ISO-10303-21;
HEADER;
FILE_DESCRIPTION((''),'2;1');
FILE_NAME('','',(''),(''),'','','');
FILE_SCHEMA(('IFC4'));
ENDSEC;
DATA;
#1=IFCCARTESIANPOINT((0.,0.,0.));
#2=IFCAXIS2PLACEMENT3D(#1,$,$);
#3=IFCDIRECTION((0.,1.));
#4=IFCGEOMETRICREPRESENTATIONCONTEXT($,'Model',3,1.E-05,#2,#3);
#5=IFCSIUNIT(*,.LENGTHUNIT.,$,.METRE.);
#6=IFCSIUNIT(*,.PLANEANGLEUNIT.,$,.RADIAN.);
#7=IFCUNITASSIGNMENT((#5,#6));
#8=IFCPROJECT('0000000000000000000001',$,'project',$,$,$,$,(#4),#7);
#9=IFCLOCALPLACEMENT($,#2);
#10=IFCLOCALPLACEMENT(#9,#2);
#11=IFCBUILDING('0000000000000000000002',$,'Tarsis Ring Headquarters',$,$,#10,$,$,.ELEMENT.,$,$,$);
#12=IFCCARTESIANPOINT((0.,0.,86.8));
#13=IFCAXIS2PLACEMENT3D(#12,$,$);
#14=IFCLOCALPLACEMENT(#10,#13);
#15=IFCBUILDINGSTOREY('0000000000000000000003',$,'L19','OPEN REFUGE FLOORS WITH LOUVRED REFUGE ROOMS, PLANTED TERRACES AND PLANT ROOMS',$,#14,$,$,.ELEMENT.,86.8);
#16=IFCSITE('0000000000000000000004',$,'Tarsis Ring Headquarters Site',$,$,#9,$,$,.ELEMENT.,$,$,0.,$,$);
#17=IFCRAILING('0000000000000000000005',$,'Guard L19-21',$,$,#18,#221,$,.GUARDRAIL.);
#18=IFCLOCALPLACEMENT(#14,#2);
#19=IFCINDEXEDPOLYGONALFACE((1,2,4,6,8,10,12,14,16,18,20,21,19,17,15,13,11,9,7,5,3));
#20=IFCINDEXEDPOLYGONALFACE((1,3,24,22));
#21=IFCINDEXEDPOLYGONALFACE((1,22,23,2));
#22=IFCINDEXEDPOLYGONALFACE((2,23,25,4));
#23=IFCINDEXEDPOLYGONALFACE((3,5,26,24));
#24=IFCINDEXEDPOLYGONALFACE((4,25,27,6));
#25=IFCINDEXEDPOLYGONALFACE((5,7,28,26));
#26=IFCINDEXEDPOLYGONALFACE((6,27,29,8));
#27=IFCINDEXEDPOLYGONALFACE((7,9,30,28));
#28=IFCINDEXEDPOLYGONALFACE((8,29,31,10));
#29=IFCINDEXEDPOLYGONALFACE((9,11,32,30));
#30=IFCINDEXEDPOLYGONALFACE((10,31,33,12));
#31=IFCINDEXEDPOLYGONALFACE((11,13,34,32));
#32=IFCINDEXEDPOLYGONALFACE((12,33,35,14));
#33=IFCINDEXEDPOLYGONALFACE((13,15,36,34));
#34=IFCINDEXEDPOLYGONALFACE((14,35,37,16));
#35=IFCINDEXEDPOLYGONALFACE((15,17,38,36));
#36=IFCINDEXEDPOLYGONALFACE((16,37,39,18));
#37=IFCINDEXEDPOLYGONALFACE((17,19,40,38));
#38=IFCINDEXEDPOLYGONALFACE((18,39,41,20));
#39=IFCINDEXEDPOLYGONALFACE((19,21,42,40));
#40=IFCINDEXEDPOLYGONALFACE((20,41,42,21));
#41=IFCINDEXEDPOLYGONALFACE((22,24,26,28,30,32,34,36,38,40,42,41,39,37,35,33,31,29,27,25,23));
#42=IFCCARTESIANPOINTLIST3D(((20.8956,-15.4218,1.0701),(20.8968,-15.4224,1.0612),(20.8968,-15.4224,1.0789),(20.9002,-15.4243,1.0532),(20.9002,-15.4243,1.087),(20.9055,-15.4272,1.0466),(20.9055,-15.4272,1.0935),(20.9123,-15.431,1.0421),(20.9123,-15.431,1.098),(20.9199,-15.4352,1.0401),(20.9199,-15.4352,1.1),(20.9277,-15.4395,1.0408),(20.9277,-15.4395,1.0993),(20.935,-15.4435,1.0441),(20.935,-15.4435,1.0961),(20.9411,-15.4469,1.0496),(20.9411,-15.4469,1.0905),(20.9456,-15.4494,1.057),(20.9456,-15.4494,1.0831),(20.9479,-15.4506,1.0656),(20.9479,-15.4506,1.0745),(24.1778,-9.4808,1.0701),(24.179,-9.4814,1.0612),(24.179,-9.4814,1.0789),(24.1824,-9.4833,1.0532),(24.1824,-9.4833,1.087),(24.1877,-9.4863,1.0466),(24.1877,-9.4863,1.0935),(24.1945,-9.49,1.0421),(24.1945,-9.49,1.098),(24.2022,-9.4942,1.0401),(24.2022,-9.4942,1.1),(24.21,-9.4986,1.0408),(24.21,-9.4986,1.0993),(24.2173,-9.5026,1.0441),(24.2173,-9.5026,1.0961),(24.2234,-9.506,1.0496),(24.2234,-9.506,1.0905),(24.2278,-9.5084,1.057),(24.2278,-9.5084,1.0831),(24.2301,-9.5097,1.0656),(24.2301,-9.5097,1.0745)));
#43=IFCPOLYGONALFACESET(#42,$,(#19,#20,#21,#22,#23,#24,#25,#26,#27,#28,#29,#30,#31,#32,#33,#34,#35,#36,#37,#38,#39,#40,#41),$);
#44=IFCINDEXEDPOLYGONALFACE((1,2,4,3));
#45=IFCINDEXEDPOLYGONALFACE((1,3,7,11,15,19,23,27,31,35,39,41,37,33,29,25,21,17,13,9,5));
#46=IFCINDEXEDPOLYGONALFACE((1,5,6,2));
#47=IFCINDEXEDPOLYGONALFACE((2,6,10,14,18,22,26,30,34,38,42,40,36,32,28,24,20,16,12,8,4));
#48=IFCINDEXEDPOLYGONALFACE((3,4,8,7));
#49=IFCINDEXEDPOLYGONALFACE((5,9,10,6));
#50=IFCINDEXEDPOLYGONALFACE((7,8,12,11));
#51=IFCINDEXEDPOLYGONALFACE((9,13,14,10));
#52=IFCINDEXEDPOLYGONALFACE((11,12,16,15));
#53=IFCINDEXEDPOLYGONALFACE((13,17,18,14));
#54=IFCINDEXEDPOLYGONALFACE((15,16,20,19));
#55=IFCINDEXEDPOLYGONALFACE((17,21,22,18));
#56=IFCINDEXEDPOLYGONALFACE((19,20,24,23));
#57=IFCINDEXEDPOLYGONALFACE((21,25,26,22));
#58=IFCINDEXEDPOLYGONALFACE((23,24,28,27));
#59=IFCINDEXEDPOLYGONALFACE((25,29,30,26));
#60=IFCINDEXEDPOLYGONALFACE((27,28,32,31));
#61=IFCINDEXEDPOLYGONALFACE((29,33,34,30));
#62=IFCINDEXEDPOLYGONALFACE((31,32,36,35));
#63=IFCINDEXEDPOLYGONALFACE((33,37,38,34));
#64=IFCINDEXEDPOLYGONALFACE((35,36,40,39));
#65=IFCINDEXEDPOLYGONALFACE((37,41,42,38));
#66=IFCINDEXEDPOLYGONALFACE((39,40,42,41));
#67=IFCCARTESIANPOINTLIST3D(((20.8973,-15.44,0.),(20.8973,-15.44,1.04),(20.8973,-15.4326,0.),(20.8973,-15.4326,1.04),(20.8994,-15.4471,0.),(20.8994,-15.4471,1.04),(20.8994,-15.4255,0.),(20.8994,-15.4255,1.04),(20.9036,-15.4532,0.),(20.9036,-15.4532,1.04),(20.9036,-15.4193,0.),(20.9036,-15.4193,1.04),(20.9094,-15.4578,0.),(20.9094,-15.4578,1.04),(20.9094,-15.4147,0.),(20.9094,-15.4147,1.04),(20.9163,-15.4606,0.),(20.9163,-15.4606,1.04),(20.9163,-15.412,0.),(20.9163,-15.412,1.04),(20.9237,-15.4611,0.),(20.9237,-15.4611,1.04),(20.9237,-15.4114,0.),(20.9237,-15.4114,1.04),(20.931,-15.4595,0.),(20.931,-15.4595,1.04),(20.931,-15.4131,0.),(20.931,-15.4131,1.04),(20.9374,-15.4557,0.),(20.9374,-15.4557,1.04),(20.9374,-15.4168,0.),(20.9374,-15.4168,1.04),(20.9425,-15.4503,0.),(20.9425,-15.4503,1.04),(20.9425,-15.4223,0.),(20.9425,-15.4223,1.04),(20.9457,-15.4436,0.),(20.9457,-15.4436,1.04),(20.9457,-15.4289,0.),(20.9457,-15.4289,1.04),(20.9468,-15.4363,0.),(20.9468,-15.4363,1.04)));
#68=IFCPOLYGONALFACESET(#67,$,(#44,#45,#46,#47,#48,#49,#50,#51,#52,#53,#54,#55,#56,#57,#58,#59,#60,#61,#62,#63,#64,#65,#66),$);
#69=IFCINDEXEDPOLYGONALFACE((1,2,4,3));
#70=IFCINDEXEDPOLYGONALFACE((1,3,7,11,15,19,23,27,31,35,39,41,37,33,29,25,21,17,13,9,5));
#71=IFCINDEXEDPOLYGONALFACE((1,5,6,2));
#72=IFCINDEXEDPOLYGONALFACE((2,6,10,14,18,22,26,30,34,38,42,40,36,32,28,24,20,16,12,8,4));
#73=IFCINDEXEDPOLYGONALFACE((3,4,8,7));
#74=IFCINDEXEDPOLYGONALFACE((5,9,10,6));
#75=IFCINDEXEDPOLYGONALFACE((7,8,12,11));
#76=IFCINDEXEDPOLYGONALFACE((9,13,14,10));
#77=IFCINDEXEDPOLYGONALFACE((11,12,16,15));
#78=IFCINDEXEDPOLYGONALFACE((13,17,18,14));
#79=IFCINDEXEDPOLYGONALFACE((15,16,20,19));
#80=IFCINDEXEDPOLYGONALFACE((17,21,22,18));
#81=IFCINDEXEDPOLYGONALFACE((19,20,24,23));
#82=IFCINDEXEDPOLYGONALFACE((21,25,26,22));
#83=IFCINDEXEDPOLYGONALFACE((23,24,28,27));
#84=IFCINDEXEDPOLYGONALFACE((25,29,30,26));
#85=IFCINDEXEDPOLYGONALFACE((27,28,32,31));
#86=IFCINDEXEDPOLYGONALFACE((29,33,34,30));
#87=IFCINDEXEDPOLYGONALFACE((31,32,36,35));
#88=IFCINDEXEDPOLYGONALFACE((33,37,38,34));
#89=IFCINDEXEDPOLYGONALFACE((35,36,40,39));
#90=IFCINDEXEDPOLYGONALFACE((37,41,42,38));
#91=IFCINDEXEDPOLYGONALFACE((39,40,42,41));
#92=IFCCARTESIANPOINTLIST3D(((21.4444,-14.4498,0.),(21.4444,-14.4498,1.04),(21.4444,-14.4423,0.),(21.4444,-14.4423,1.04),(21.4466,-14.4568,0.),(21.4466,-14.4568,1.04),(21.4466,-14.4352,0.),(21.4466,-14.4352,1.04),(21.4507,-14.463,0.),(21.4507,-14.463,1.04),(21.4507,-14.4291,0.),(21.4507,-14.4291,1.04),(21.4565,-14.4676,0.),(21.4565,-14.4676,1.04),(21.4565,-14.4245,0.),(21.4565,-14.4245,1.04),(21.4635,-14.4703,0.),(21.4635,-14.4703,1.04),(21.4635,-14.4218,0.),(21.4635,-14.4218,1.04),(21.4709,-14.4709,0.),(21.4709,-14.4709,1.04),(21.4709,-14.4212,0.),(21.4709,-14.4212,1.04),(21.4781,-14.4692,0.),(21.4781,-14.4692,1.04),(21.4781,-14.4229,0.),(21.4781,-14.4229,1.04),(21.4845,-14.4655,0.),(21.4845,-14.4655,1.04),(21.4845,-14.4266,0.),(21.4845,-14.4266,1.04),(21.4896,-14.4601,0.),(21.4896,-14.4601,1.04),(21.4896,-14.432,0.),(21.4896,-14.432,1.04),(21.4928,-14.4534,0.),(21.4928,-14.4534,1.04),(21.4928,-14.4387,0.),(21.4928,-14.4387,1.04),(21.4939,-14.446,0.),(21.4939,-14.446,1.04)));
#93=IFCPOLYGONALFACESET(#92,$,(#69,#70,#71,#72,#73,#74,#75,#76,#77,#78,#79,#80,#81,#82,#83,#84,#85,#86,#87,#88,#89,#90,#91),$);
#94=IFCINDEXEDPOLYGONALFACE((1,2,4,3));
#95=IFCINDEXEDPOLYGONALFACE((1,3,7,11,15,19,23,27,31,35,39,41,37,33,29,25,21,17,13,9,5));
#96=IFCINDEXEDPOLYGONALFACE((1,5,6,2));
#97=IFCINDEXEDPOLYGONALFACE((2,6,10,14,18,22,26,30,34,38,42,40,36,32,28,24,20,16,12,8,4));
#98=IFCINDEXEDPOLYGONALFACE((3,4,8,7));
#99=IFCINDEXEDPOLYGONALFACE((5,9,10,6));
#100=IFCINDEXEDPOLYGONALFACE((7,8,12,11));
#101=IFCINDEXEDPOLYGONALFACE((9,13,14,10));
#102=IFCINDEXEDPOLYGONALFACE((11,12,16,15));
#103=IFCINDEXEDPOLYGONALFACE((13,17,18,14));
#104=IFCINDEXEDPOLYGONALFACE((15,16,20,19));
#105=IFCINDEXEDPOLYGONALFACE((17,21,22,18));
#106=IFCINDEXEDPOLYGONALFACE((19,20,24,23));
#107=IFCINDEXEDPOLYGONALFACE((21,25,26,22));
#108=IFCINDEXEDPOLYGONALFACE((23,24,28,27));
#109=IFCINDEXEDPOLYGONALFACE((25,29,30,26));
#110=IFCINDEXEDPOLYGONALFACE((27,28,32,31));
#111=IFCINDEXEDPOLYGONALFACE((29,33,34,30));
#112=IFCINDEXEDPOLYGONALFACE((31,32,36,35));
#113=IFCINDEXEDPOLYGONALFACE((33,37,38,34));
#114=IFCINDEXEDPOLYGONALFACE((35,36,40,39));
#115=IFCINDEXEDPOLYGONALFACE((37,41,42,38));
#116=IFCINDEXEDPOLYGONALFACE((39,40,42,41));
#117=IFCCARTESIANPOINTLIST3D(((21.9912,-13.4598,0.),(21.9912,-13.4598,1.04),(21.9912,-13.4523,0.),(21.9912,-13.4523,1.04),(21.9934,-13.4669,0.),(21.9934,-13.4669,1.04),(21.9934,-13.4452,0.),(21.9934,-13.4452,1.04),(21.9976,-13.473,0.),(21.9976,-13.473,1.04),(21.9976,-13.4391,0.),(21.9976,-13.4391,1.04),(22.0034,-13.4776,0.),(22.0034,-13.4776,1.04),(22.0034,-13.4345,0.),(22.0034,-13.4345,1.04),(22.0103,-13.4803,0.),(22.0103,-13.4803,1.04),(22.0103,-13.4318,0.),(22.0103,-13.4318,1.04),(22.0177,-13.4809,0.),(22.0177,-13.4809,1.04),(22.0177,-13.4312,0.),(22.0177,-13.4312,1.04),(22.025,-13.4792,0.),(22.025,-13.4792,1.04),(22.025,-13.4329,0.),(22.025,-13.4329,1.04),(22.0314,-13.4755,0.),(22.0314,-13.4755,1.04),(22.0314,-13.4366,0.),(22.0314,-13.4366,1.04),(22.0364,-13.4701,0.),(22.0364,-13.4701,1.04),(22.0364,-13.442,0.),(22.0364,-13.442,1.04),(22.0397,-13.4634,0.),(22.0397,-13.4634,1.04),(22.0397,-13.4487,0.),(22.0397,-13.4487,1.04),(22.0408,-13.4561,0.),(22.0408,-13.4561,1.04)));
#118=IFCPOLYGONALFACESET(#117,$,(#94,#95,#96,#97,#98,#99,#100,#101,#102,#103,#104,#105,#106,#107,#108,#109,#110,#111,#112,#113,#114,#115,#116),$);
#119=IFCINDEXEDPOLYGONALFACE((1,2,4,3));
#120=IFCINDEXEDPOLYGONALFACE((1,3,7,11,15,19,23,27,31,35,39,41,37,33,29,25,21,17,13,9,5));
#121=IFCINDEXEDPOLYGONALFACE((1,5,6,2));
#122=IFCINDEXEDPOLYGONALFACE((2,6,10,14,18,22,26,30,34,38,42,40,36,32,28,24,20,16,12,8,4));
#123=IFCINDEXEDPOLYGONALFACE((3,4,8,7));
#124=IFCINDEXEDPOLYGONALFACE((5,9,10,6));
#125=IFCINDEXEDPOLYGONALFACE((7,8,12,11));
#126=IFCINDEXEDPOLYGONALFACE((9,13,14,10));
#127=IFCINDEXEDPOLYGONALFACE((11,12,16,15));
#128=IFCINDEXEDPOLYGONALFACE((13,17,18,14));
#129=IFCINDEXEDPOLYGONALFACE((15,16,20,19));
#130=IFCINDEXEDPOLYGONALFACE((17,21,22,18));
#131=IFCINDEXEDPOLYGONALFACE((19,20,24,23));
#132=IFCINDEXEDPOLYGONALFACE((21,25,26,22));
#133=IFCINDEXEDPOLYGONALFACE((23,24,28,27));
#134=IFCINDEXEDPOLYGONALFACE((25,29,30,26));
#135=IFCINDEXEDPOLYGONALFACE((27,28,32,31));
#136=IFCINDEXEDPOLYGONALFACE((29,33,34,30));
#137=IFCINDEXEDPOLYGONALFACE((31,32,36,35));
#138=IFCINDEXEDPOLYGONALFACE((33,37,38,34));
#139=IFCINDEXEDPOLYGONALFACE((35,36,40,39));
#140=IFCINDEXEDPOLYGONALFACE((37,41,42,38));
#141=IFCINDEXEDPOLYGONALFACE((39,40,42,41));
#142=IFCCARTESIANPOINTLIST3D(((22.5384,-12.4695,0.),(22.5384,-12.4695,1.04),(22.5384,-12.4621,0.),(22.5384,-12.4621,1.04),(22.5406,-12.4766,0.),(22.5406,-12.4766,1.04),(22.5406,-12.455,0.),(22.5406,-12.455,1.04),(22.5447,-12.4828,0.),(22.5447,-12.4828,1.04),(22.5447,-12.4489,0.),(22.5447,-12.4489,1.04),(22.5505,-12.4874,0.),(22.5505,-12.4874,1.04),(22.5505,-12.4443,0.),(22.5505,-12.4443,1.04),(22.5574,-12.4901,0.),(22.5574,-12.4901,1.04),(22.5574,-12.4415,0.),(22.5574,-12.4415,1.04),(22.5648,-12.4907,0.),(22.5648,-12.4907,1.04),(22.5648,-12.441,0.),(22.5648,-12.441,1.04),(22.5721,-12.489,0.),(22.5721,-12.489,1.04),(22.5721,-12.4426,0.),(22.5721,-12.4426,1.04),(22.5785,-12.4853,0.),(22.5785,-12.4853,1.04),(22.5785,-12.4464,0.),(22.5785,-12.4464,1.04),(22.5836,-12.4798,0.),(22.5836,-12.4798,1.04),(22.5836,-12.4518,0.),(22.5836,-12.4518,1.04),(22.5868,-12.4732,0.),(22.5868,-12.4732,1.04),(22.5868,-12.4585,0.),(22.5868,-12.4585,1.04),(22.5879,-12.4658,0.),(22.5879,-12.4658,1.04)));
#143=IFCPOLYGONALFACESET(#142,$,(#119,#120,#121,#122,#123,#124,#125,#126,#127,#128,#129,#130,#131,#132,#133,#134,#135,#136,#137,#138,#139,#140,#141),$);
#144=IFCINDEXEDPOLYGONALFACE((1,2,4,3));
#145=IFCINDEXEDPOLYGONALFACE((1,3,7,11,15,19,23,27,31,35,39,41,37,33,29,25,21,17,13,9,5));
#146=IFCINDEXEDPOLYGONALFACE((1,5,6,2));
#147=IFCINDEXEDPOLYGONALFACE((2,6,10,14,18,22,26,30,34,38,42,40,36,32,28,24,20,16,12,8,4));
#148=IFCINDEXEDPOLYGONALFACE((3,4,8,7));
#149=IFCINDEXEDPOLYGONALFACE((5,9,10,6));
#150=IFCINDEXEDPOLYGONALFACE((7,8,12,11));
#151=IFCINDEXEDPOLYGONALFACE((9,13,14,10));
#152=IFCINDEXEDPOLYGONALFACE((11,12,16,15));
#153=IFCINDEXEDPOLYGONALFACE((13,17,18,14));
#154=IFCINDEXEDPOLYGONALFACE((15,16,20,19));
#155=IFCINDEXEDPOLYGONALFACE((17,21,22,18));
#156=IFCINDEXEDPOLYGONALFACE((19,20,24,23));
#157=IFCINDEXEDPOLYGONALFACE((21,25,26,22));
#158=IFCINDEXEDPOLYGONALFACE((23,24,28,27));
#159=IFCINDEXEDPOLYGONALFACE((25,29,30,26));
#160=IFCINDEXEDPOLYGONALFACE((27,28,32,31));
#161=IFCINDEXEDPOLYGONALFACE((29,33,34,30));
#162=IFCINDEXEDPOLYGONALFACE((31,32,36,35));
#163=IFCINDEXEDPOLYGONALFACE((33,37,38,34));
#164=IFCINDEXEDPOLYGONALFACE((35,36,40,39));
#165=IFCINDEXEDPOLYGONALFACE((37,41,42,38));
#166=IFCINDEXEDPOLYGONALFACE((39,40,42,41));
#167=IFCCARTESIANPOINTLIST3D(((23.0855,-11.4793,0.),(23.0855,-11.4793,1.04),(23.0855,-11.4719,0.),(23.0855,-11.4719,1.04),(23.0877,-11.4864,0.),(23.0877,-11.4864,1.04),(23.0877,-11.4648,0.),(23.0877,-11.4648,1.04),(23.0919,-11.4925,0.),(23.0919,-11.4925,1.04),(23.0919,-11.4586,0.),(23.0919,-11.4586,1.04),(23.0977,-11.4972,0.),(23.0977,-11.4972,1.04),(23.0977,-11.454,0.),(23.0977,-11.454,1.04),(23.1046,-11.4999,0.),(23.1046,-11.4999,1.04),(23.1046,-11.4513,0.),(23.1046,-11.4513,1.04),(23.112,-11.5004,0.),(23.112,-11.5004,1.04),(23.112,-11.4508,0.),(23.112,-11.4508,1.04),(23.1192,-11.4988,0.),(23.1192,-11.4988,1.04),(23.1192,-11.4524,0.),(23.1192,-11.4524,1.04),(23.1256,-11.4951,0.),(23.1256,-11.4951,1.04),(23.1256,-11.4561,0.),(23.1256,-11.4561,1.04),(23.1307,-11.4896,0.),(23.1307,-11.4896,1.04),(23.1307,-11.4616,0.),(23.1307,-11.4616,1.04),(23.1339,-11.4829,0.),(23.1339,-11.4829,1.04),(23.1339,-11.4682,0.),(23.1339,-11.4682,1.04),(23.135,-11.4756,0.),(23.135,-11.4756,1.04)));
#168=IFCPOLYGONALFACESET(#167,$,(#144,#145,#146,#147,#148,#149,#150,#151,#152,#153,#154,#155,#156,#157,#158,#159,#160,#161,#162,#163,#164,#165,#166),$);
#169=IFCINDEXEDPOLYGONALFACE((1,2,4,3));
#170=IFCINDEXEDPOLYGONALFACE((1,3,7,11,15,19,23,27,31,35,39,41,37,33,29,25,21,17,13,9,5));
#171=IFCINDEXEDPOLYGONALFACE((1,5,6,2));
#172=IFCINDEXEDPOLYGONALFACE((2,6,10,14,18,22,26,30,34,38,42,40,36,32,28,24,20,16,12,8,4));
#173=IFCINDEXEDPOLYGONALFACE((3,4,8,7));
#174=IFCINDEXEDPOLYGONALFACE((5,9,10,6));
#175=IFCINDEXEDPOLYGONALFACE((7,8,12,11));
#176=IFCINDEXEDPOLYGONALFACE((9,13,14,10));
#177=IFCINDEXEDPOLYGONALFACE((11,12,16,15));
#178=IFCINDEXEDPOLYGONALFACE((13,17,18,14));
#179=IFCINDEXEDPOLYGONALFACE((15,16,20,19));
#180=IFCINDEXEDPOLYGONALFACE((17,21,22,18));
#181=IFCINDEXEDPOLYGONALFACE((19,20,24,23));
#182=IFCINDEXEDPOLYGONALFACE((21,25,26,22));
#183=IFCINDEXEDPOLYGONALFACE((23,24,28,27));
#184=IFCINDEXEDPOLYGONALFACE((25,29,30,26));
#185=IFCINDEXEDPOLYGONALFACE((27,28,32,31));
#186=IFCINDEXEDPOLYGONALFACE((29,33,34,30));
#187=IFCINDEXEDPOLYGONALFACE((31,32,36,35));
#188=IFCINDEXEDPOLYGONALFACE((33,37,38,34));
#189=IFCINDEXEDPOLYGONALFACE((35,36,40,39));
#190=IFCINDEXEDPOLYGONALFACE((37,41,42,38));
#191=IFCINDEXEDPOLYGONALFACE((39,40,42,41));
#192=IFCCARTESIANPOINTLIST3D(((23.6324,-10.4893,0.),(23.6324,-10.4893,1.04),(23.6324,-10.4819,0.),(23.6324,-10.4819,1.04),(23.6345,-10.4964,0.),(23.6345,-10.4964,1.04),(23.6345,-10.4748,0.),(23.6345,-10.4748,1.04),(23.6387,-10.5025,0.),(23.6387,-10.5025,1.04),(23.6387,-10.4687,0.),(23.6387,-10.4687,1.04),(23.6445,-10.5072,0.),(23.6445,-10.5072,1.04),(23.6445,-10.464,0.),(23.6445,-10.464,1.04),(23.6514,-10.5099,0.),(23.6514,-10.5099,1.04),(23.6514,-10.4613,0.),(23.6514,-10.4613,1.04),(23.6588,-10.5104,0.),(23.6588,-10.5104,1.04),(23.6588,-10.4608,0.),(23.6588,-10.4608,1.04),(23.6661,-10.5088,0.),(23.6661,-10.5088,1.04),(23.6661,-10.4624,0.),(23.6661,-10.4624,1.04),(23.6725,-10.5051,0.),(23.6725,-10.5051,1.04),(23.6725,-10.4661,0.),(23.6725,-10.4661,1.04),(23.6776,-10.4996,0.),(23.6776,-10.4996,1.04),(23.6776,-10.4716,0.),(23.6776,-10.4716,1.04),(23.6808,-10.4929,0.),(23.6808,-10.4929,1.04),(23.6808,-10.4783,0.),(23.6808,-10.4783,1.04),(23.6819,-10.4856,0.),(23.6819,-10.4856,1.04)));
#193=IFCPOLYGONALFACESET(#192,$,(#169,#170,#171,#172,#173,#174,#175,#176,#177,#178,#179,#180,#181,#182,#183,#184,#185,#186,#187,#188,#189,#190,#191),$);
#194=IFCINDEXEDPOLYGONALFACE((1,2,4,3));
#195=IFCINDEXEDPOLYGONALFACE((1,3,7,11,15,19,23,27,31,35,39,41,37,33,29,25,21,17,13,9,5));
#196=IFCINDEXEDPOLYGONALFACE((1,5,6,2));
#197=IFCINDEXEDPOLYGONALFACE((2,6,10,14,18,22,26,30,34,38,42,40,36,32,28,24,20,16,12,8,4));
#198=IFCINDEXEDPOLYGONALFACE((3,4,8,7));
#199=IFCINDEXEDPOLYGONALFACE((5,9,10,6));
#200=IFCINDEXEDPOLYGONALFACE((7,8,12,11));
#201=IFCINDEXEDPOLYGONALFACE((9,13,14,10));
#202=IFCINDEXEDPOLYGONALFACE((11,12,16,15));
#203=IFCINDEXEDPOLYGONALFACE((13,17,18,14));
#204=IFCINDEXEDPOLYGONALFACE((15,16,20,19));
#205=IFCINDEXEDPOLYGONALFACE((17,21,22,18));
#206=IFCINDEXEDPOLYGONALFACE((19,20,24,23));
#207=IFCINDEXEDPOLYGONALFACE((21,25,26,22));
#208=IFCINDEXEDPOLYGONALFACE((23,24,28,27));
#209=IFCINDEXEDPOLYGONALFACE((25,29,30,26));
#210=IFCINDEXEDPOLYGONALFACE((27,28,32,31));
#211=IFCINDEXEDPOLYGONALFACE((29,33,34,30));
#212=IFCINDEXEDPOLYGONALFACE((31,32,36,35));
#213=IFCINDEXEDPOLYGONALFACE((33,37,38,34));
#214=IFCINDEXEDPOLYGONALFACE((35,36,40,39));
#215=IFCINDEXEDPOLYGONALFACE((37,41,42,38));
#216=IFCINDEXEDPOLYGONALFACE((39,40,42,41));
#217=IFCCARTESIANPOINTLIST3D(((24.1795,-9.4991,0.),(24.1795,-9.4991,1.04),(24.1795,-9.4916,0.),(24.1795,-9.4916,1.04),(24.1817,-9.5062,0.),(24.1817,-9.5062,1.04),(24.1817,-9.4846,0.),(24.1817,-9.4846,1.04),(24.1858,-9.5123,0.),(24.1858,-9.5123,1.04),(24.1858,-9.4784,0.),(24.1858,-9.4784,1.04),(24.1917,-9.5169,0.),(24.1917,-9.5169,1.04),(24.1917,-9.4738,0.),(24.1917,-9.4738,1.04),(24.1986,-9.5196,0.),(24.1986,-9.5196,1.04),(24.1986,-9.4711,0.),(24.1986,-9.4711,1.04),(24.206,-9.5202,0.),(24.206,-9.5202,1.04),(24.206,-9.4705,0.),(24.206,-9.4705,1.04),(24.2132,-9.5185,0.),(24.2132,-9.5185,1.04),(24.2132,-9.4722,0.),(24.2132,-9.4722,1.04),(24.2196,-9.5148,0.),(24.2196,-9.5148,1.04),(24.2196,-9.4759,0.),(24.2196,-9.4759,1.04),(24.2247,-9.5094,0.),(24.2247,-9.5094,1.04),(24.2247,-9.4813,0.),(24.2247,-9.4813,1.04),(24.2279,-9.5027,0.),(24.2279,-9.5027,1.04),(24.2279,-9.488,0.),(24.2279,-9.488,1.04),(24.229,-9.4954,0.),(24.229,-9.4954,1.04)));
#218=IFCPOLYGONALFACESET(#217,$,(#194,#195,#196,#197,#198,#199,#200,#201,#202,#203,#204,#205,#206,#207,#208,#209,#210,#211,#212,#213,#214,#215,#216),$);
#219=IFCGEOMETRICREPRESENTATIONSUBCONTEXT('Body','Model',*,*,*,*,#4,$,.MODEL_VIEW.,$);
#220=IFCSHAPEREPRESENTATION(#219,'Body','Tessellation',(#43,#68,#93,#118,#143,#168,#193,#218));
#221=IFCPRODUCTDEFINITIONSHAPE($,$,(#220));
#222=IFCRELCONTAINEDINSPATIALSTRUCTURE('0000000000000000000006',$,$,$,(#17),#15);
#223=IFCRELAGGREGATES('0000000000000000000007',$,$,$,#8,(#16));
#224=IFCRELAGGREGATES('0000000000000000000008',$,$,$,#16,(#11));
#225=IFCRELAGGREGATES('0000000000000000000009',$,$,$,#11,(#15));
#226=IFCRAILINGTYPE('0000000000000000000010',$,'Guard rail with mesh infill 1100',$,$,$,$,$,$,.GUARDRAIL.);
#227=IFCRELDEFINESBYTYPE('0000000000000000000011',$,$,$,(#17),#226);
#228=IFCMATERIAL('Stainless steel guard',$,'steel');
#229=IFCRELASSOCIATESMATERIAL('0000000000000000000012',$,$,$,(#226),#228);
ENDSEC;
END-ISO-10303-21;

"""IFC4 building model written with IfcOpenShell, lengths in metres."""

from ifc_helpers import new_model, si_unit, direction, frame, origin, origin_2d, place, context, subcontext, project, spatial, circle, extrude, material, type_object, element, save


model = new_model("IFC4")

# Units and contexts
model_context = context("Model", 3, precision=1e-05, world=origin(), true_north=direction((0.0, 1.0)))
body_context = subcontext(model_context, "Body", "Model", "MODEL_VIEW")
ifc_project = project(units=[si_unit("LENGTHUNIT", "METRE"), si_unit("PLANEANGLEUNIT", "RADIAN")], contexts=[model_context])

# Site, building, storey
site_placement = place(None, origin())
site = spatial("IfcSite", under=ifc_project, at=site_placement, Name="Tarsis Ring Headquarters Site", CompositionType="ELEMENT", RefElevation=0.0)
building_placement = place(site_placement, origin())
building = spatial("IfcBuilding", under=site, at=building_placement, Name="Tarsis Ring Headquarters", CompositionType="ELEMENT")
storey_placement = place(building_placement, frame((0.0, 0.0, 86.8)))
storey = spatial("IfcBuildingStorey", under=building, at=storey_placement, Name="L19", Description="OPEN REFUGE FLOORS WITH LOUVRED REFUGE ROOMS, PLANTED TERRACES AND PLANT ROOMS", CompositionType="ELEMENT", Elevation=86.8)

# Railing
ifc_material_1 = material(Name="Stainless steel guard", Category="steel")
railing_type = type_object("IfcRailingType", Name="Guard rail with mesh infill 1100", PredefinedType="GUARDRAIL", material=ifc_material_1)
railing_1_placement = place(storey_placement, frame((20.9219, -15.4363, 0.0)))
element("IfcRailing", 1, at=railing_1_placement, inside=storey, type_object=railing_type, Name="Guard L19-21", PredefinedType="GUARDRAIL", context=body_context, shape_type="SweptSolid", body=[
    extrude(circle(Radius=0.03, at=origin_2d()), frame((0.0, 0.0, 1.0701), z_axis=(0.483583, 0.875298, 0.0), x_axis=(-0.875298, 0.483583, 0.0)), (0.0, 0.0, 1.0), 6.7874),
    extrude(circle(Radius=0.0249, at=origin_2d()), origin(), (0.0, 0.0, 1.0), 1.04),
    extrude(circle(Radius=0.0249, at=origin_2d()), frame((0.5471, 0.9902, 0.0)), (0.0, 0.0, 1.0), 1.04),
    extrude(circle(Radius=0.0249, at=origin_2d()), frame((1.094, 1.9802, 0.0)), (0.0, 0.0, 1.0), 1.04),
    extrude(circle(Radius=0.0249, at=origin_2d()), frame((1.6411, 2.9705, 0.0)), (0.0, 0.0, 1.0), 1.04),
    extrude(circle(Radius=0.0249, at=origin_2d()), frame((2.1882, 3.9607, 0.0)), (0.0, 0.0, 1.0), 1.04),
    extrude(circle(Radius=0.0249, at=origin_2d()), frame((2.7351, 4.9507, 0.0)), (0.0, 0.0, 1.0), 1.04),
    extrude(circle(Radius=0.0249, at=origin_2d()), frame((3.2822, 5.9409, 0.0)), (0.0, 0.0, 1.0), 1.04),
])

save(model, "model.ifc")
